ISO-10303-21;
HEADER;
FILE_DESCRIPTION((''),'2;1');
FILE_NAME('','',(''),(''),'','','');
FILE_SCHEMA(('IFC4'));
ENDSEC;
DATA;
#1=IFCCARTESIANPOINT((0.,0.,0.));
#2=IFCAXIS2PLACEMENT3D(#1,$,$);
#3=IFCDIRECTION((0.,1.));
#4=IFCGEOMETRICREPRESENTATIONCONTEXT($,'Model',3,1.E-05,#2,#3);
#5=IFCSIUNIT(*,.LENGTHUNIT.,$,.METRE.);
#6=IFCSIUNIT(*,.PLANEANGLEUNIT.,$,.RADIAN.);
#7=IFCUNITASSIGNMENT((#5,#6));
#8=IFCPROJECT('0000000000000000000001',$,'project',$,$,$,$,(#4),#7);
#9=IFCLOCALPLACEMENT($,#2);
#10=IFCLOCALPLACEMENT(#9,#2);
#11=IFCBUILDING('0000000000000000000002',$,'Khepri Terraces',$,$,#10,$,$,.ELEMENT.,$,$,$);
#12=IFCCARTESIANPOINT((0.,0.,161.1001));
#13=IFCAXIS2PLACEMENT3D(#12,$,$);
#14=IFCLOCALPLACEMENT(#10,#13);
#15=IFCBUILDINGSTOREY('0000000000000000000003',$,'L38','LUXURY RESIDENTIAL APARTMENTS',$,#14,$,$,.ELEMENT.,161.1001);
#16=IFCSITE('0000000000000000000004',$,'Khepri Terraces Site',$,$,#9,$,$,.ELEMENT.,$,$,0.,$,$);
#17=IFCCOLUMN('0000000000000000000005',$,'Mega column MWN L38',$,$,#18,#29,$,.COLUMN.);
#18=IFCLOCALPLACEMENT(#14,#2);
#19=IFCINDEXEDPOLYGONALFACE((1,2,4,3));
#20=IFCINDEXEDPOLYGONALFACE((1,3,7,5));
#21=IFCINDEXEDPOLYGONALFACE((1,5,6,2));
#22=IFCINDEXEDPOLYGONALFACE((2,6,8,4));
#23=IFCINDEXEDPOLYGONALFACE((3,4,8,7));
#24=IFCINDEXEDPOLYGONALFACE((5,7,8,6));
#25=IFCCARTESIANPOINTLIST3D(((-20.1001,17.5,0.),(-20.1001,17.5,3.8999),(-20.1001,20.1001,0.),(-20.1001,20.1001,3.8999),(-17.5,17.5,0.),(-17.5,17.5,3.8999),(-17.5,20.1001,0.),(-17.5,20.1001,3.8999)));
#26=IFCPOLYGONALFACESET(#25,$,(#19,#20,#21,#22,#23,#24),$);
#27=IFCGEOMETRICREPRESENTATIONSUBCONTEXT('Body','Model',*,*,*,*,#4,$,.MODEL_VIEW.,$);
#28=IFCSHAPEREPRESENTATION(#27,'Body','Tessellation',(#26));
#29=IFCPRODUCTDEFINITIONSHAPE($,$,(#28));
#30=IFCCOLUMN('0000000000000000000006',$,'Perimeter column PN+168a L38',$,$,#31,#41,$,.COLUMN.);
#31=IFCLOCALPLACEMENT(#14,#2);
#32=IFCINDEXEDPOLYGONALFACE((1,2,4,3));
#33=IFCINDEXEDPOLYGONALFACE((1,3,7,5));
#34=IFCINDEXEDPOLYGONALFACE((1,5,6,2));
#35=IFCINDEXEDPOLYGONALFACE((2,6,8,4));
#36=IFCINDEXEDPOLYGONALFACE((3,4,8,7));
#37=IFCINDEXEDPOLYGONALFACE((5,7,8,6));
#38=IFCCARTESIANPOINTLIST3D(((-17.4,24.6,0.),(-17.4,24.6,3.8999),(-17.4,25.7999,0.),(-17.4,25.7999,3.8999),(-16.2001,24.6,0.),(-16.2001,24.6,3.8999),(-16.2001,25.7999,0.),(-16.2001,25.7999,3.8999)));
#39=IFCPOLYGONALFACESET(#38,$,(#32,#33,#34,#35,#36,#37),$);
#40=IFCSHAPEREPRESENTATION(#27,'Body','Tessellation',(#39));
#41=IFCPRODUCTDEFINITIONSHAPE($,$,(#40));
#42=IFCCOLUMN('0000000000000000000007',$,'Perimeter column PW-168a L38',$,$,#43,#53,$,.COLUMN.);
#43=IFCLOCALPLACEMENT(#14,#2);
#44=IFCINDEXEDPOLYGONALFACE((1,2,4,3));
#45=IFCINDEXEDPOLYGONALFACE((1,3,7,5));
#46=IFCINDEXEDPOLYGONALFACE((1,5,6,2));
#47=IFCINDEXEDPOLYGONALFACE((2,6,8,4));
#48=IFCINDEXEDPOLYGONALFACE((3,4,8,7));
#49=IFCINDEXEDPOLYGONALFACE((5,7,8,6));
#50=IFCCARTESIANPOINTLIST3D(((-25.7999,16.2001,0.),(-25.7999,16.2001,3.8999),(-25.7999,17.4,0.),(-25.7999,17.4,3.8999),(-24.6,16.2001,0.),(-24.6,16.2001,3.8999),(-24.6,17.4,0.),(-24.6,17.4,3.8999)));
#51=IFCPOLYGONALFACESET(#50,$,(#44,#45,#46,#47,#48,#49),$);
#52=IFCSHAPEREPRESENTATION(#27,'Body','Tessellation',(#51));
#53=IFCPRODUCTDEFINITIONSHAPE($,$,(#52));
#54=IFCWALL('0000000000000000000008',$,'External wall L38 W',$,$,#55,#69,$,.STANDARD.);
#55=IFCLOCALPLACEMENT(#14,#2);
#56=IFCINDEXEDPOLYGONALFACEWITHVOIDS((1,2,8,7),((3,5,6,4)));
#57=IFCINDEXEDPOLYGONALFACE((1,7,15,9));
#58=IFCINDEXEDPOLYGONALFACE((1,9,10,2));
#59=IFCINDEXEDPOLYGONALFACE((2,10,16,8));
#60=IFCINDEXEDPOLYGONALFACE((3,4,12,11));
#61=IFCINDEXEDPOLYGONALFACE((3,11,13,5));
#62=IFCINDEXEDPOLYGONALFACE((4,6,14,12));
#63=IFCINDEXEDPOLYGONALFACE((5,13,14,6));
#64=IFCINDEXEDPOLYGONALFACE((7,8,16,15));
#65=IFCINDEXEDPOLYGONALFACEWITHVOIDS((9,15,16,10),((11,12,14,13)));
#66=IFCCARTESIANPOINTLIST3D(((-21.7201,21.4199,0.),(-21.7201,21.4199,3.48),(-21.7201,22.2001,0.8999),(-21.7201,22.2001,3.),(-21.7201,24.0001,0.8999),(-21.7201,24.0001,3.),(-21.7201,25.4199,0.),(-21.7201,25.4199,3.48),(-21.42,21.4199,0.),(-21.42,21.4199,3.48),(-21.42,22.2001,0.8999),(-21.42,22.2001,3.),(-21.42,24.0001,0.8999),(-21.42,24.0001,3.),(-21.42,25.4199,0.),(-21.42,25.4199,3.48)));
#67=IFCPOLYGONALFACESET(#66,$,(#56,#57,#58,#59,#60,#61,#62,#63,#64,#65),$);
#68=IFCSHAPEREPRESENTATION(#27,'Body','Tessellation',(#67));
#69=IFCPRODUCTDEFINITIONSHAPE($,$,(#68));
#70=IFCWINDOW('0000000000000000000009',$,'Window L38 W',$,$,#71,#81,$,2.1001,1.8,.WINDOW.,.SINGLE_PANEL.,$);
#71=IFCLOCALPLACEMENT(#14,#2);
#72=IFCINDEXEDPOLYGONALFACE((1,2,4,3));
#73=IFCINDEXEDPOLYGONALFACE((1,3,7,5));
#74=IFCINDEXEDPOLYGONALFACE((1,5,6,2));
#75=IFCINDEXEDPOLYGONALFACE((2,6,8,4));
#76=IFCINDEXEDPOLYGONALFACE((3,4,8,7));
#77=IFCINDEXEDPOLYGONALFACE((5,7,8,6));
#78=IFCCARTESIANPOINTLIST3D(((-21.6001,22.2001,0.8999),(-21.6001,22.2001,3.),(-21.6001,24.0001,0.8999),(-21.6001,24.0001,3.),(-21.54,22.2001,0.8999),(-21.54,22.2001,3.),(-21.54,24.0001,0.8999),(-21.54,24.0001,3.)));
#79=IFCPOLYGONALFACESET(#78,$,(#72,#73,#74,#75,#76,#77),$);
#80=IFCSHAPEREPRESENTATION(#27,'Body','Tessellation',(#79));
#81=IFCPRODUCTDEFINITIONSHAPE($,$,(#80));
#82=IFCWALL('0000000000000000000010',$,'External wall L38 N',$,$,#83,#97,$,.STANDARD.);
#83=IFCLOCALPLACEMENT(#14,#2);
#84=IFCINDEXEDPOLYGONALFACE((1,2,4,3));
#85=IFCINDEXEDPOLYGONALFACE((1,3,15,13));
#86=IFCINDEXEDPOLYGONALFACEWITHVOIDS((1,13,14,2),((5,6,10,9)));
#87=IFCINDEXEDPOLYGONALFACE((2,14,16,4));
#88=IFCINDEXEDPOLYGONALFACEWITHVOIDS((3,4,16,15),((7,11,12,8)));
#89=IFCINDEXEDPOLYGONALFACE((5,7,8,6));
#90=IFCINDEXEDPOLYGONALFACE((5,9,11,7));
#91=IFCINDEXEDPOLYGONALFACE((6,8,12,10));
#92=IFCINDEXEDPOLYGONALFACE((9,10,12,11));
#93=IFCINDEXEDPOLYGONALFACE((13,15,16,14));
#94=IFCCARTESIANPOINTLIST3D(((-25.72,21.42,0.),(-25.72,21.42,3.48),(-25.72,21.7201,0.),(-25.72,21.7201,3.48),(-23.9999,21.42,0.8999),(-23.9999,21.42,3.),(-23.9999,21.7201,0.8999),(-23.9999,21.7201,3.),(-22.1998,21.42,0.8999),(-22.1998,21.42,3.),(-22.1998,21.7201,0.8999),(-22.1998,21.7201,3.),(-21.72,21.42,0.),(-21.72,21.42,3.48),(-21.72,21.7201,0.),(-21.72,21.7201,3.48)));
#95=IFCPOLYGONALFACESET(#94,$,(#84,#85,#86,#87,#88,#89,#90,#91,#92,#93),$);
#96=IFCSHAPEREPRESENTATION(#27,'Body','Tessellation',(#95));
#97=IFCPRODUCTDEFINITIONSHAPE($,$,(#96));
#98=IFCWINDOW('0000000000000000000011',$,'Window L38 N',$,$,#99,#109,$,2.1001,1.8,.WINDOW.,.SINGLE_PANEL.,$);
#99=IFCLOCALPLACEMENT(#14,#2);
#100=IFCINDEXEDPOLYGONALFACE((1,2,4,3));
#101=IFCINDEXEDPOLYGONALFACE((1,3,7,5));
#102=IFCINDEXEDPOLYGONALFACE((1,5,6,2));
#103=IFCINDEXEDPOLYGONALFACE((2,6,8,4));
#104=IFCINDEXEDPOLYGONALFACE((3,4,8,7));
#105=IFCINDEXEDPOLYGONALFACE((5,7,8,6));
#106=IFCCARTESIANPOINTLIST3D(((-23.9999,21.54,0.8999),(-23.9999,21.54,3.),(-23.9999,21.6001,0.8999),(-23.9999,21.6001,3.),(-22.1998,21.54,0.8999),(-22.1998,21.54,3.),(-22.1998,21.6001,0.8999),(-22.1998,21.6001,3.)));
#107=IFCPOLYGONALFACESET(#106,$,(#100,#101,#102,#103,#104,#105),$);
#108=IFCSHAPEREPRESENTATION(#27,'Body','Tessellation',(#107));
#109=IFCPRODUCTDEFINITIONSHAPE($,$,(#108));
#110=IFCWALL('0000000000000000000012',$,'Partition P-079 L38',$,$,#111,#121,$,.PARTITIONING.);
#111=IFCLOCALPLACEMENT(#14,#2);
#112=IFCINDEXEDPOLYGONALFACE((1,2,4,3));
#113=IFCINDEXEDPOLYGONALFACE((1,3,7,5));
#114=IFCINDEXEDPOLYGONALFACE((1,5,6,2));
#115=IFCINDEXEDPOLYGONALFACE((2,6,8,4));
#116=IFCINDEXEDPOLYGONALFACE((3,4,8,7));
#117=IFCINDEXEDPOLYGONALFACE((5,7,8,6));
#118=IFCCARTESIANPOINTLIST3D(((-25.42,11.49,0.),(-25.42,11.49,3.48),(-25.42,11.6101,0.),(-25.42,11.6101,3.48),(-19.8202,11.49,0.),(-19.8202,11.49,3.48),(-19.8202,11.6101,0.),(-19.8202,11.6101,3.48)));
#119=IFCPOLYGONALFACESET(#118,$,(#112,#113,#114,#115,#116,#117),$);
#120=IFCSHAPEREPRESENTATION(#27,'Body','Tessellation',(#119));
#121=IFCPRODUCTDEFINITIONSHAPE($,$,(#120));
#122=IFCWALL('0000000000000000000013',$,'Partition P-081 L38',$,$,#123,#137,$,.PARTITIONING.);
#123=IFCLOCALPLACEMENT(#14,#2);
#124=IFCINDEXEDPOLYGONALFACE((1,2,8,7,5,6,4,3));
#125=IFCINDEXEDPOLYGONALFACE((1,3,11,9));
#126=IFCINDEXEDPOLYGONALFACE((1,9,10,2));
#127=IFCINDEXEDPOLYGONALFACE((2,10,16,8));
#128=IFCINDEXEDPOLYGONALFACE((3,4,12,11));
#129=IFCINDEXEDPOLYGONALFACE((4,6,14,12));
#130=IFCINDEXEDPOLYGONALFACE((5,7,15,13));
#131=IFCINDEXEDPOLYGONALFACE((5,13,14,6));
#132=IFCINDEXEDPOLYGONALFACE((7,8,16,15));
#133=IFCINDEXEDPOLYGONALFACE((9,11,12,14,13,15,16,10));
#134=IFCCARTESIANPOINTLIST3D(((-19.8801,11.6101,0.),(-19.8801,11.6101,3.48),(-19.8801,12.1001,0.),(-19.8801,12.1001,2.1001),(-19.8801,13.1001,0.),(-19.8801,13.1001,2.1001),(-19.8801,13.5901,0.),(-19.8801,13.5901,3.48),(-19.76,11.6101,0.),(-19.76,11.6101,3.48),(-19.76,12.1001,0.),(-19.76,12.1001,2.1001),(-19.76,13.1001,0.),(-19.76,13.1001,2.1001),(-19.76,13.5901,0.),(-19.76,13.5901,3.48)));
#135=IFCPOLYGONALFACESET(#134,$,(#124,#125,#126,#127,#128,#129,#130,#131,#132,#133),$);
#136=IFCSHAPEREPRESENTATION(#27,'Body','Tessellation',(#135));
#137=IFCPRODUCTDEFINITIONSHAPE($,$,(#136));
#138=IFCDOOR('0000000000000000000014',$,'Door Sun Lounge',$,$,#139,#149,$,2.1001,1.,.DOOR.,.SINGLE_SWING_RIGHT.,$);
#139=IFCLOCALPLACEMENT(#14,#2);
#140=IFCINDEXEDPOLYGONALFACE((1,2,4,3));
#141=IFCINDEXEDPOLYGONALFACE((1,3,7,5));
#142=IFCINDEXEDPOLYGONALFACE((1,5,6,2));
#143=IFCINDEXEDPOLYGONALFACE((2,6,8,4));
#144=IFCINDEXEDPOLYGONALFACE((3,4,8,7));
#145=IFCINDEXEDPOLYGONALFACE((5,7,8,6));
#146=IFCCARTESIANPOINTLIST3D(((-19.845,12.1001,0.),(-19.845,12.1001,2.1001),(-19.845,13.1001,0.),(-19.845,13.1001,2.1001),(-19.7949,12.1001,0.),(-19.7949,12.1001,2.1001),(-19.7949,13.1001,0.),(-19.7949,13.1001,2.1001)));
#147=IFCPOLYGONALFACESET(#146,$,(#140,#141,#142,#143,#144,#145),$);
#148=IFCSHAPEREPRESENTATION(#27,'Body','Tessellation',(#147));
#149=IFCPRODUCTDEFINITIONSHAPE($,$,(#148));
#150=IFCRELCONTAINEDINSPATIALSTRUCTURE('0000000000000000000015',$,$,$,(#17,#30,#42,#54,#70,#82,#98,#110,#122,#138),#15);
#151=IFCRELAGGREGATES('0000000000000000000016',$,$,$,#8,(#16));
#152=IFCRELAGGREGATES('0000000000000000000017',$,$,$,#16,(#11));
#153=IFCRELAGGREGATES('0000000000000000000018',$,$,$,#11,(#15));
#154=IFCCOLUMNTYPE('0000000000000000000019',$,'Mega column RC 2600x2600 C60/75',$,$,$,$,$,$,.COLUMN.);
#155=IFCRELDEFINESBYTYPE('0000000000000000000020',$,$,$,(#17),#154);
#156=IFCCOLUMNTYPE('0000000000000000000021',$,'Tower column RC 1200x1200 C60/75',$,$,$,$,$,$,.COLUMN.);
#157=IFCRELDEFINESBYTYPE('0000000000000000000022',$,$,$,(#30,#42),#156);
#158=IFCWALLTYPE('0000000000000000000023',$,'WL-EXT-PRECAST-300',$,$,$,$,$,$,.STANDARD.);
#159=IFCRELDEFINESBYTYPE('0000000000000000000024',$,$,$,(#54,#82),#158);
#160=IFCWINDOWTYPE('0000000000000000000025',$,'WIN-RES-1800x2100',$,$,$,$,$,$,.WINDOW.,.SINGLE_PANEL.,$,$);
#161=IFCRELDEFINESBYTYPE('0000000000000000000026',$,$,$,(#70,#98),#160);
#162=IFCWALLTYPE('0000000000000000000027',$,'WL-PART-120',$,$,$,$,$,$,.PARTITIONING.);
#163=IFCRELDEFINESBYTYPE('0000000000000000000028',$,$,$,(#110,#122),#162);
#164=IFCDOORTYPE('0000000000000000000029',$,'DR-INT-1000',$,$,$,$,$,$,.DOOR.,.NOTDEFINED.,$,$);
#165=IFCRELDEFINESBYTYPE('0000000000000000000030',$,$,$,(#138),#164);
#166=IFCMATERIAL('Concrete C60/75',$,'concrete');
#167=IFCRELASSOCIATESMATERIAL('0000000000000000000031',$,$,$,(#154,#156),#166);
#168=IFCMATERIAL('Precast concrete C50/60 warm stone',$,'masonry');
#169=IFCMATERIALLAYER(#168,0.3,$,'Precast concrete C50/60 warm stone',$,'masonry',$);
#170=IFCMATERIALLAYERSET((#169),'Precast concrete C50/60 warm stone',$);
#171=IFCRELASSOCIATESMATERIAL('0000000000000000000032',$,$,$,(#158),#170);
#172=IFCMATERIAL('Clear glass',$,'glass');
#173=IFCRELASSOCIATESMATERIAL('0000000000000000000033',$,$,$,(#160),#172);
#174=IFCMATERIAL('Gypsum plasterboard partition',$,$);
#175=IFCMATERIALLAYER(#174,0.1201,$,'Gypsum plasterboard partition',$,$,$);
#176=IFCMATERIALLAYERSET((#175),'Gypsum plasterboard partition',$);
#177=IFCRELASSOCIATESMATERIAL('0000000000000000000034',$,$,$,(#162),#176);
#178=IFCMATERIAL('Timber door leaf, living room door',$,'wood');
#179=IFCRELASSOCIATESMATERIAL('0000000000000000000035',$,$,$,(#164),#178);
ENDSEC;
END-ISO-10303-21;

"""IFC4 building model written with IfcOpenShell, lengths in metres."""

from ifc_helpers import new_model, si_unit, direction, frame, frame_2d, origin, origin_2d, place, context, subcontext, project, spatial, rectangle, extrude, material, layer, layer_set, material_profile, profile_set, type_object, element, fill, save


model = new_model("IFC4")

# Units and contexts
model_context = context("Model", 3, precision=1e-05, world=origin(), true_north=direction((0.0, 1.0)))
body_context = subcontext(model_context, "Body", "Model", "MODEL_VIEW")
ifc_project = project(units=[si_unit("LENGTHUNIT", "METRE"), si_unit("PLANEANGLEUNIT", "RADIAN")], contexts=[model_context])

# Site, building, storey
site_placement = place(None, origin())
site = spatial("IfcSite", under=ifc_project, at=site_placement, Name="Khepri Terraces Site", CompositionType="ELEMENT", RefElevation=0.0)
building_placement = place(site_placement, origin())
building = spatial("IfcBuilding", under=site, at=building_placement, Name="Khepri Terraces", CompositionType="ELEMENT")
storey_placement = place(building_placement, frame((0.0, 0.0, 161.1001)))
storey = spatial("IfcBuildingStorey", under=building, at=storey_placement, Name="L38", Description="LUXURY RESIDENTIAL APARTMENTS", CompositionType="ELEMENT", Elevation=161.1001)

# Columns
ifc_material_1 = material(Name="Concrete C60/75", Category="concrete")
ifc_material_profile_1 = material_profile(ifc_material_1, rectangle(XDim=2.6001, YDim=2.6001, at=origin_2d()), Name="Concrete C60/75", Category="concrete")
ifc_profile_set_1 = profile_set([ifc_material_profile_1], Name="Concrete C60/75")
column_type_1 = type_object("IfcColumnType", Name="Mega column RC 2600x2600 C60/75", PredefinedType="COLUMN", material=ifc_profile_set_1)
column_placement = place(storey_placement, frame((-18.8, 18.8, 0.0), z_axis=(0.0, 0.0, 1.0), x_axis=(1.0, 0.0, 0.0)))
element("IfcColumn", 1, at=column_placement, inside=storey, type_object=column_type_1, Name="Mega column MWN L38", PredefinedType="COLUMN", context=body_context, shape_type="SweptSolid", body=[
    extrude(rectangle(XDim=2.6001, YDim=2.6001, at=origin_2d()), origin(), (0.0, 0.0, 1.0), 3.8999),
])
ifc_material_profile_2 = material_profile(ifc_material_1, rectangle(XDim=1.2, YDim=1.2, at=origin_2d()), Name="Concrete C60/75", Category="concrete")
ifc_profile_set_2 = profile_set([ifc_material_profile_2], Name="Concrete C60/75")
column_type_2 = type_object("IfcColumnType", Name="Tower column RC 1200x1200 C60/75", PredefinedType="COLUMN", material=ifc_profile_set_2)
for number, where, z_axis, x_axis, name in (
    (2, (-16.8, 25.2, 0.0), (0.0, 0.0, 1.0), (1.0, 0.0, 0.0), "Perimeter column PN+168a L38"),
    (3, (-25.2, 16.8, 0.0), (0.0, 0.0, 1.0), (1.0, 0.0, 0.0), "Perimeter column PW-168a L38"),
):
    element("IfcColumn", number, at=place(storey_placement, frame(where, z_axis=z_axis, x_axis=x_axis)), inside=storey, type_object=column_type_2, Name=name, PredefinedType="COLUMN", context=body_context, shape_type="SweptSolid", body=[
        extrude(rectangle(XDim=1.2, YDim=1.2, at=origin_2d()), origin(), (0.0, 0.0, 1.0), 3.8999),
    ])

# Shared definitions
ifc_material_2 = material(Name="Precast concrete C50/60 warm stone", Category="masonry")
ifc_layer_1 = layer(ifc_material_2, 0.3, Name="Precast concrete C50/60 warm stone", Category="masonry")
ifc_layer_set_1 = layer_set([ifc_layer_1], Name="Precast concrete C50/60 warm stone")
wall_type_1 = type_object("IfcWallType", Name="WL-EXT-PRECAST-300", PredefinedType="STANDARD", material=ifc_layer_set_1)
ifc_material_3 = material(Name="Clear glass", Category="glass")
window_type = type_object("IfcWindowType", Name="WIN-RES-1800x2100", PartitioningType="SINGLE_PANEL", PredefinedType="WINDOW", material=ifc_material_3)

# Walls, openings, windows
wall_1_placement = place(storey_placement, frame((-21.5701, 25.4199, 0.0), z_axis=(0.0, 0.0, 1.0), x_axis=(0.0, -1.0, 0.0)))
wall_1 = element("IfcWall", 4, at=wall_1_placement, inside=storey, type_object=wall_type_1, Name="External wall L38 W", PredefinedType="STANDARD", context=body_context, shape_type="SweptSolid", body=[
    extrude(rectangle(XDim=4.0, YDim=0.3, at=frame_2d((2.0, 0.0))), origin(), (0.0, 0.0, 1.0), 3.48),
])
opening_1_placement = place(wall_1_placement, frame((1.4199, 0.0, 0.8999)))
opening_1 = element("IfcOpeningElement", 5, at=opening_1_placement, cuts=wall_1, PredefinedType="OPENING", context=body_context, shape_type="SweptSolid", body=[
    extrude(rectangle(XDim=1.8, YDim=2.1001, at=frame_2d((0.8999, 1.05))), frame((0.0, 0.1602, 0.0), z_axis=(0.0, -1.0, 0.0), x_axis=(1.0, 0.0, 0.0)), (0.0, 0.0, 1.0), 0.3201),
])
window_1_placement = place(opening_1_placement, origin())
window_1 = element("IfcWindow", 6, at=window_1_placement, inside=storey, type_object=window_type, Name="Window L38 W", OverallHeight=2.1001, OverallWidth=1.8, PartitioningType="SINGLE_PANEL", PredefinedType="WINDOW", context=body_context, shape_type="SweptSolid", body=[
    extrude(rectangle(XDim=1.8, YDim=2.1001, at=frame_2d((0.8999, 1.05))), frame((0.0, 0.03, 0.0), z_axis=(0.0, -1.0, 0.0), x_axis=(1.0, 0.0, 0.0)), (0.0, 0.0, 1.0), 0.0601),
])
fill(opening_1, window_1)
wall_2_placement = place(storey_placement, frame((-21.72, 21.5701, 0.0), z_axis=(0.0, 0.0, 1.0), x_axis=(-1.0, 0.0, 0.0)))
wall_2 = element("IfcWall", 7, at=wall_2_placement, inside=storey, type_object=wall_type_1, Name="External wall L38 N", PredefinedType="STANDARD", context=body_context, shape_type="SweptSolid", body=[
    extrude(rectangle(XDim=4.0, YDim=0.3, at=frame_2d((2.0, 0.0))), origin(), (0.0, 0.0, 1.0), 3.48),
])
opening_2_placement = place(wall_2_placement, frame((0.48, 0.0, 0.8999)))
opening_2 = element("IfcOpeningElement", 8, at=opening_2_placement, cuts=wall_2, PredefinedType="OPENING", context=body_context, shape_type="SweptSolid", body=[
    extrude(rectangle(XDim=1.8, YDim=2.1001, at=frame_2d((0.8999, 1.05))), frame((0.0, 0.1602, 0.0), z_axis=(0.0, -1.0, 0.0), x_axis=(1.0, 0.0, 0.0)), (0.0, 0.0, 1.0), 0.3201),
])
window_2_placement = place(opening_2_placement, origin())
window_2 = element("IfcWindow", 9, at=window_2_placement, inside=storey, type_object=window_type, Name="Window L38 N", OverallHeight=2.1001, OverallWidth=1.8, PartitioningType="SINGLE_PANEL", PredefinedType="WINDOW", context=body_context, shape_type="SweptSolid", body=[
    extrude(rectangle(XDim=1.8, YDim=2.1001, at=frame_2d((0.8999, 1.05))), frame((0.0, 0.03, 0.0), z_axis=(0.0, -1.0, 0.0), x_axis=(1.0, 0.0, 0.0)), (0.0, 0.0, 1.0), 0.0601),
])
fill(opening_2, window_2)

# Wall
ifc_material_4 = material(Name="Gypsum plasterboard partition")
ifc_layer_2 = layer(ifc_material_4, 0.1201, Name="Gypsum plasterboard partition")
ifc_layer_set_2 = layer_set([ifc_layer_2], Name="Gypsum plasterboard partition")
wall_type_2 = type_object("IfcWallType", Name="WL-PART-120", PredefinedType="PARTITIONING", material=ifc_layer_set_2)
wall_3_placement = place(storey_placement, frame((-25.4199, 11.55, 0.0), z_axis=(0.0, 0.0, 1.0), x_axis=(1.0, 0.0, 0.0)))
element("IfcWall", 10, at=wall_3_placement, inside=storey, type_object=wall_type_2, Name="Partition P-079 L38", PredefinedType="PARTITIONING", context=body_context, shape_type="SweptSolid", body=[
    extrude(rectangle(XDim=5.5999, YDim=0.1201, at=frame_2d((2.7998, 0.0))), origin(), (0.0, 0.0, 1.0), 3.48),
])

# Wall, opening, door
wall_4_placement = place(storey_placement, frame((-19.8201, 11.6101, 0.0), z_axis=(0.0, 0.0, 1.0), x_axis=(0.0, 1.0, 0.0)))
wall_4 = element("IfcWall", 11, at=wall_4_placement, inside=storey, type_object=wall_type_2, Name="Partition P-081 L38", PredefinedType="PARTITIONING", context=body_context, shape_type="SweptSolid", body=[
    extrude(rectangle(XDim=1.98, YDim=0.1201, at=frame_2d((0.99, 0.0))), origin(), (0.0, 0.0, 1.0), 3.48),
])
opening_3_placement = place(wall_4_placement, frame((0.49, 0.0, 0.0)))
opening_3 = element("IfcOpeningElement", 12, at=opening_3_placement, cuts=wall_4, PredefinedType="OPENING", context=body_context, shape_type="SweptSolid", body=[
    extrude(rectangle(XDim=1.0, YDim=2.1001, at=frame_2d((0.5, 1.05))), frame((0.0, 0.0701, 0.0), z_axis=(0.0, -1.0, 0.0), x_axis=(1.0, 0.0, 0.0)), (0.0, 0.0, 1.0), 0.1401),
])
ifc_material_5 = material(Name="Timber door leaf, living room door", Category="wood")
door_type_1 = type_object("IfcDoorType", Name="DR-INT-1000", OperationType="NOTDEFINED", PredefinedType="DOOR", material=ifc_material_5)
door_1_placement = place(opening_3_placement, origin())
door_1 = element("IfcDoor", 13, at=door_1_placement, inside=storey, type_object=door_type_1, Name="Door Sun Lounge", OperationType="SINGLE_SWING_RIGHT", OverallHeight=2.1001, OverallWidth=1.0, PredefinedType="DOOR", context=body_context, shape_type="SweptSolid", body=[
    extrude(rectangle(XDim=1.0, YDim=2.1001, at=frame_2d((0.5, 1.05))), frame((0.0, 0.0249, 0.0), z_axis=(0.0, -1.0, 0.0), x_axis=(1.0, 0.0, 0.0)), (0.0, 0.0, 1.0), 0.05),
])
fill(opening_3, door_1)

save(model, "model.ifc")
